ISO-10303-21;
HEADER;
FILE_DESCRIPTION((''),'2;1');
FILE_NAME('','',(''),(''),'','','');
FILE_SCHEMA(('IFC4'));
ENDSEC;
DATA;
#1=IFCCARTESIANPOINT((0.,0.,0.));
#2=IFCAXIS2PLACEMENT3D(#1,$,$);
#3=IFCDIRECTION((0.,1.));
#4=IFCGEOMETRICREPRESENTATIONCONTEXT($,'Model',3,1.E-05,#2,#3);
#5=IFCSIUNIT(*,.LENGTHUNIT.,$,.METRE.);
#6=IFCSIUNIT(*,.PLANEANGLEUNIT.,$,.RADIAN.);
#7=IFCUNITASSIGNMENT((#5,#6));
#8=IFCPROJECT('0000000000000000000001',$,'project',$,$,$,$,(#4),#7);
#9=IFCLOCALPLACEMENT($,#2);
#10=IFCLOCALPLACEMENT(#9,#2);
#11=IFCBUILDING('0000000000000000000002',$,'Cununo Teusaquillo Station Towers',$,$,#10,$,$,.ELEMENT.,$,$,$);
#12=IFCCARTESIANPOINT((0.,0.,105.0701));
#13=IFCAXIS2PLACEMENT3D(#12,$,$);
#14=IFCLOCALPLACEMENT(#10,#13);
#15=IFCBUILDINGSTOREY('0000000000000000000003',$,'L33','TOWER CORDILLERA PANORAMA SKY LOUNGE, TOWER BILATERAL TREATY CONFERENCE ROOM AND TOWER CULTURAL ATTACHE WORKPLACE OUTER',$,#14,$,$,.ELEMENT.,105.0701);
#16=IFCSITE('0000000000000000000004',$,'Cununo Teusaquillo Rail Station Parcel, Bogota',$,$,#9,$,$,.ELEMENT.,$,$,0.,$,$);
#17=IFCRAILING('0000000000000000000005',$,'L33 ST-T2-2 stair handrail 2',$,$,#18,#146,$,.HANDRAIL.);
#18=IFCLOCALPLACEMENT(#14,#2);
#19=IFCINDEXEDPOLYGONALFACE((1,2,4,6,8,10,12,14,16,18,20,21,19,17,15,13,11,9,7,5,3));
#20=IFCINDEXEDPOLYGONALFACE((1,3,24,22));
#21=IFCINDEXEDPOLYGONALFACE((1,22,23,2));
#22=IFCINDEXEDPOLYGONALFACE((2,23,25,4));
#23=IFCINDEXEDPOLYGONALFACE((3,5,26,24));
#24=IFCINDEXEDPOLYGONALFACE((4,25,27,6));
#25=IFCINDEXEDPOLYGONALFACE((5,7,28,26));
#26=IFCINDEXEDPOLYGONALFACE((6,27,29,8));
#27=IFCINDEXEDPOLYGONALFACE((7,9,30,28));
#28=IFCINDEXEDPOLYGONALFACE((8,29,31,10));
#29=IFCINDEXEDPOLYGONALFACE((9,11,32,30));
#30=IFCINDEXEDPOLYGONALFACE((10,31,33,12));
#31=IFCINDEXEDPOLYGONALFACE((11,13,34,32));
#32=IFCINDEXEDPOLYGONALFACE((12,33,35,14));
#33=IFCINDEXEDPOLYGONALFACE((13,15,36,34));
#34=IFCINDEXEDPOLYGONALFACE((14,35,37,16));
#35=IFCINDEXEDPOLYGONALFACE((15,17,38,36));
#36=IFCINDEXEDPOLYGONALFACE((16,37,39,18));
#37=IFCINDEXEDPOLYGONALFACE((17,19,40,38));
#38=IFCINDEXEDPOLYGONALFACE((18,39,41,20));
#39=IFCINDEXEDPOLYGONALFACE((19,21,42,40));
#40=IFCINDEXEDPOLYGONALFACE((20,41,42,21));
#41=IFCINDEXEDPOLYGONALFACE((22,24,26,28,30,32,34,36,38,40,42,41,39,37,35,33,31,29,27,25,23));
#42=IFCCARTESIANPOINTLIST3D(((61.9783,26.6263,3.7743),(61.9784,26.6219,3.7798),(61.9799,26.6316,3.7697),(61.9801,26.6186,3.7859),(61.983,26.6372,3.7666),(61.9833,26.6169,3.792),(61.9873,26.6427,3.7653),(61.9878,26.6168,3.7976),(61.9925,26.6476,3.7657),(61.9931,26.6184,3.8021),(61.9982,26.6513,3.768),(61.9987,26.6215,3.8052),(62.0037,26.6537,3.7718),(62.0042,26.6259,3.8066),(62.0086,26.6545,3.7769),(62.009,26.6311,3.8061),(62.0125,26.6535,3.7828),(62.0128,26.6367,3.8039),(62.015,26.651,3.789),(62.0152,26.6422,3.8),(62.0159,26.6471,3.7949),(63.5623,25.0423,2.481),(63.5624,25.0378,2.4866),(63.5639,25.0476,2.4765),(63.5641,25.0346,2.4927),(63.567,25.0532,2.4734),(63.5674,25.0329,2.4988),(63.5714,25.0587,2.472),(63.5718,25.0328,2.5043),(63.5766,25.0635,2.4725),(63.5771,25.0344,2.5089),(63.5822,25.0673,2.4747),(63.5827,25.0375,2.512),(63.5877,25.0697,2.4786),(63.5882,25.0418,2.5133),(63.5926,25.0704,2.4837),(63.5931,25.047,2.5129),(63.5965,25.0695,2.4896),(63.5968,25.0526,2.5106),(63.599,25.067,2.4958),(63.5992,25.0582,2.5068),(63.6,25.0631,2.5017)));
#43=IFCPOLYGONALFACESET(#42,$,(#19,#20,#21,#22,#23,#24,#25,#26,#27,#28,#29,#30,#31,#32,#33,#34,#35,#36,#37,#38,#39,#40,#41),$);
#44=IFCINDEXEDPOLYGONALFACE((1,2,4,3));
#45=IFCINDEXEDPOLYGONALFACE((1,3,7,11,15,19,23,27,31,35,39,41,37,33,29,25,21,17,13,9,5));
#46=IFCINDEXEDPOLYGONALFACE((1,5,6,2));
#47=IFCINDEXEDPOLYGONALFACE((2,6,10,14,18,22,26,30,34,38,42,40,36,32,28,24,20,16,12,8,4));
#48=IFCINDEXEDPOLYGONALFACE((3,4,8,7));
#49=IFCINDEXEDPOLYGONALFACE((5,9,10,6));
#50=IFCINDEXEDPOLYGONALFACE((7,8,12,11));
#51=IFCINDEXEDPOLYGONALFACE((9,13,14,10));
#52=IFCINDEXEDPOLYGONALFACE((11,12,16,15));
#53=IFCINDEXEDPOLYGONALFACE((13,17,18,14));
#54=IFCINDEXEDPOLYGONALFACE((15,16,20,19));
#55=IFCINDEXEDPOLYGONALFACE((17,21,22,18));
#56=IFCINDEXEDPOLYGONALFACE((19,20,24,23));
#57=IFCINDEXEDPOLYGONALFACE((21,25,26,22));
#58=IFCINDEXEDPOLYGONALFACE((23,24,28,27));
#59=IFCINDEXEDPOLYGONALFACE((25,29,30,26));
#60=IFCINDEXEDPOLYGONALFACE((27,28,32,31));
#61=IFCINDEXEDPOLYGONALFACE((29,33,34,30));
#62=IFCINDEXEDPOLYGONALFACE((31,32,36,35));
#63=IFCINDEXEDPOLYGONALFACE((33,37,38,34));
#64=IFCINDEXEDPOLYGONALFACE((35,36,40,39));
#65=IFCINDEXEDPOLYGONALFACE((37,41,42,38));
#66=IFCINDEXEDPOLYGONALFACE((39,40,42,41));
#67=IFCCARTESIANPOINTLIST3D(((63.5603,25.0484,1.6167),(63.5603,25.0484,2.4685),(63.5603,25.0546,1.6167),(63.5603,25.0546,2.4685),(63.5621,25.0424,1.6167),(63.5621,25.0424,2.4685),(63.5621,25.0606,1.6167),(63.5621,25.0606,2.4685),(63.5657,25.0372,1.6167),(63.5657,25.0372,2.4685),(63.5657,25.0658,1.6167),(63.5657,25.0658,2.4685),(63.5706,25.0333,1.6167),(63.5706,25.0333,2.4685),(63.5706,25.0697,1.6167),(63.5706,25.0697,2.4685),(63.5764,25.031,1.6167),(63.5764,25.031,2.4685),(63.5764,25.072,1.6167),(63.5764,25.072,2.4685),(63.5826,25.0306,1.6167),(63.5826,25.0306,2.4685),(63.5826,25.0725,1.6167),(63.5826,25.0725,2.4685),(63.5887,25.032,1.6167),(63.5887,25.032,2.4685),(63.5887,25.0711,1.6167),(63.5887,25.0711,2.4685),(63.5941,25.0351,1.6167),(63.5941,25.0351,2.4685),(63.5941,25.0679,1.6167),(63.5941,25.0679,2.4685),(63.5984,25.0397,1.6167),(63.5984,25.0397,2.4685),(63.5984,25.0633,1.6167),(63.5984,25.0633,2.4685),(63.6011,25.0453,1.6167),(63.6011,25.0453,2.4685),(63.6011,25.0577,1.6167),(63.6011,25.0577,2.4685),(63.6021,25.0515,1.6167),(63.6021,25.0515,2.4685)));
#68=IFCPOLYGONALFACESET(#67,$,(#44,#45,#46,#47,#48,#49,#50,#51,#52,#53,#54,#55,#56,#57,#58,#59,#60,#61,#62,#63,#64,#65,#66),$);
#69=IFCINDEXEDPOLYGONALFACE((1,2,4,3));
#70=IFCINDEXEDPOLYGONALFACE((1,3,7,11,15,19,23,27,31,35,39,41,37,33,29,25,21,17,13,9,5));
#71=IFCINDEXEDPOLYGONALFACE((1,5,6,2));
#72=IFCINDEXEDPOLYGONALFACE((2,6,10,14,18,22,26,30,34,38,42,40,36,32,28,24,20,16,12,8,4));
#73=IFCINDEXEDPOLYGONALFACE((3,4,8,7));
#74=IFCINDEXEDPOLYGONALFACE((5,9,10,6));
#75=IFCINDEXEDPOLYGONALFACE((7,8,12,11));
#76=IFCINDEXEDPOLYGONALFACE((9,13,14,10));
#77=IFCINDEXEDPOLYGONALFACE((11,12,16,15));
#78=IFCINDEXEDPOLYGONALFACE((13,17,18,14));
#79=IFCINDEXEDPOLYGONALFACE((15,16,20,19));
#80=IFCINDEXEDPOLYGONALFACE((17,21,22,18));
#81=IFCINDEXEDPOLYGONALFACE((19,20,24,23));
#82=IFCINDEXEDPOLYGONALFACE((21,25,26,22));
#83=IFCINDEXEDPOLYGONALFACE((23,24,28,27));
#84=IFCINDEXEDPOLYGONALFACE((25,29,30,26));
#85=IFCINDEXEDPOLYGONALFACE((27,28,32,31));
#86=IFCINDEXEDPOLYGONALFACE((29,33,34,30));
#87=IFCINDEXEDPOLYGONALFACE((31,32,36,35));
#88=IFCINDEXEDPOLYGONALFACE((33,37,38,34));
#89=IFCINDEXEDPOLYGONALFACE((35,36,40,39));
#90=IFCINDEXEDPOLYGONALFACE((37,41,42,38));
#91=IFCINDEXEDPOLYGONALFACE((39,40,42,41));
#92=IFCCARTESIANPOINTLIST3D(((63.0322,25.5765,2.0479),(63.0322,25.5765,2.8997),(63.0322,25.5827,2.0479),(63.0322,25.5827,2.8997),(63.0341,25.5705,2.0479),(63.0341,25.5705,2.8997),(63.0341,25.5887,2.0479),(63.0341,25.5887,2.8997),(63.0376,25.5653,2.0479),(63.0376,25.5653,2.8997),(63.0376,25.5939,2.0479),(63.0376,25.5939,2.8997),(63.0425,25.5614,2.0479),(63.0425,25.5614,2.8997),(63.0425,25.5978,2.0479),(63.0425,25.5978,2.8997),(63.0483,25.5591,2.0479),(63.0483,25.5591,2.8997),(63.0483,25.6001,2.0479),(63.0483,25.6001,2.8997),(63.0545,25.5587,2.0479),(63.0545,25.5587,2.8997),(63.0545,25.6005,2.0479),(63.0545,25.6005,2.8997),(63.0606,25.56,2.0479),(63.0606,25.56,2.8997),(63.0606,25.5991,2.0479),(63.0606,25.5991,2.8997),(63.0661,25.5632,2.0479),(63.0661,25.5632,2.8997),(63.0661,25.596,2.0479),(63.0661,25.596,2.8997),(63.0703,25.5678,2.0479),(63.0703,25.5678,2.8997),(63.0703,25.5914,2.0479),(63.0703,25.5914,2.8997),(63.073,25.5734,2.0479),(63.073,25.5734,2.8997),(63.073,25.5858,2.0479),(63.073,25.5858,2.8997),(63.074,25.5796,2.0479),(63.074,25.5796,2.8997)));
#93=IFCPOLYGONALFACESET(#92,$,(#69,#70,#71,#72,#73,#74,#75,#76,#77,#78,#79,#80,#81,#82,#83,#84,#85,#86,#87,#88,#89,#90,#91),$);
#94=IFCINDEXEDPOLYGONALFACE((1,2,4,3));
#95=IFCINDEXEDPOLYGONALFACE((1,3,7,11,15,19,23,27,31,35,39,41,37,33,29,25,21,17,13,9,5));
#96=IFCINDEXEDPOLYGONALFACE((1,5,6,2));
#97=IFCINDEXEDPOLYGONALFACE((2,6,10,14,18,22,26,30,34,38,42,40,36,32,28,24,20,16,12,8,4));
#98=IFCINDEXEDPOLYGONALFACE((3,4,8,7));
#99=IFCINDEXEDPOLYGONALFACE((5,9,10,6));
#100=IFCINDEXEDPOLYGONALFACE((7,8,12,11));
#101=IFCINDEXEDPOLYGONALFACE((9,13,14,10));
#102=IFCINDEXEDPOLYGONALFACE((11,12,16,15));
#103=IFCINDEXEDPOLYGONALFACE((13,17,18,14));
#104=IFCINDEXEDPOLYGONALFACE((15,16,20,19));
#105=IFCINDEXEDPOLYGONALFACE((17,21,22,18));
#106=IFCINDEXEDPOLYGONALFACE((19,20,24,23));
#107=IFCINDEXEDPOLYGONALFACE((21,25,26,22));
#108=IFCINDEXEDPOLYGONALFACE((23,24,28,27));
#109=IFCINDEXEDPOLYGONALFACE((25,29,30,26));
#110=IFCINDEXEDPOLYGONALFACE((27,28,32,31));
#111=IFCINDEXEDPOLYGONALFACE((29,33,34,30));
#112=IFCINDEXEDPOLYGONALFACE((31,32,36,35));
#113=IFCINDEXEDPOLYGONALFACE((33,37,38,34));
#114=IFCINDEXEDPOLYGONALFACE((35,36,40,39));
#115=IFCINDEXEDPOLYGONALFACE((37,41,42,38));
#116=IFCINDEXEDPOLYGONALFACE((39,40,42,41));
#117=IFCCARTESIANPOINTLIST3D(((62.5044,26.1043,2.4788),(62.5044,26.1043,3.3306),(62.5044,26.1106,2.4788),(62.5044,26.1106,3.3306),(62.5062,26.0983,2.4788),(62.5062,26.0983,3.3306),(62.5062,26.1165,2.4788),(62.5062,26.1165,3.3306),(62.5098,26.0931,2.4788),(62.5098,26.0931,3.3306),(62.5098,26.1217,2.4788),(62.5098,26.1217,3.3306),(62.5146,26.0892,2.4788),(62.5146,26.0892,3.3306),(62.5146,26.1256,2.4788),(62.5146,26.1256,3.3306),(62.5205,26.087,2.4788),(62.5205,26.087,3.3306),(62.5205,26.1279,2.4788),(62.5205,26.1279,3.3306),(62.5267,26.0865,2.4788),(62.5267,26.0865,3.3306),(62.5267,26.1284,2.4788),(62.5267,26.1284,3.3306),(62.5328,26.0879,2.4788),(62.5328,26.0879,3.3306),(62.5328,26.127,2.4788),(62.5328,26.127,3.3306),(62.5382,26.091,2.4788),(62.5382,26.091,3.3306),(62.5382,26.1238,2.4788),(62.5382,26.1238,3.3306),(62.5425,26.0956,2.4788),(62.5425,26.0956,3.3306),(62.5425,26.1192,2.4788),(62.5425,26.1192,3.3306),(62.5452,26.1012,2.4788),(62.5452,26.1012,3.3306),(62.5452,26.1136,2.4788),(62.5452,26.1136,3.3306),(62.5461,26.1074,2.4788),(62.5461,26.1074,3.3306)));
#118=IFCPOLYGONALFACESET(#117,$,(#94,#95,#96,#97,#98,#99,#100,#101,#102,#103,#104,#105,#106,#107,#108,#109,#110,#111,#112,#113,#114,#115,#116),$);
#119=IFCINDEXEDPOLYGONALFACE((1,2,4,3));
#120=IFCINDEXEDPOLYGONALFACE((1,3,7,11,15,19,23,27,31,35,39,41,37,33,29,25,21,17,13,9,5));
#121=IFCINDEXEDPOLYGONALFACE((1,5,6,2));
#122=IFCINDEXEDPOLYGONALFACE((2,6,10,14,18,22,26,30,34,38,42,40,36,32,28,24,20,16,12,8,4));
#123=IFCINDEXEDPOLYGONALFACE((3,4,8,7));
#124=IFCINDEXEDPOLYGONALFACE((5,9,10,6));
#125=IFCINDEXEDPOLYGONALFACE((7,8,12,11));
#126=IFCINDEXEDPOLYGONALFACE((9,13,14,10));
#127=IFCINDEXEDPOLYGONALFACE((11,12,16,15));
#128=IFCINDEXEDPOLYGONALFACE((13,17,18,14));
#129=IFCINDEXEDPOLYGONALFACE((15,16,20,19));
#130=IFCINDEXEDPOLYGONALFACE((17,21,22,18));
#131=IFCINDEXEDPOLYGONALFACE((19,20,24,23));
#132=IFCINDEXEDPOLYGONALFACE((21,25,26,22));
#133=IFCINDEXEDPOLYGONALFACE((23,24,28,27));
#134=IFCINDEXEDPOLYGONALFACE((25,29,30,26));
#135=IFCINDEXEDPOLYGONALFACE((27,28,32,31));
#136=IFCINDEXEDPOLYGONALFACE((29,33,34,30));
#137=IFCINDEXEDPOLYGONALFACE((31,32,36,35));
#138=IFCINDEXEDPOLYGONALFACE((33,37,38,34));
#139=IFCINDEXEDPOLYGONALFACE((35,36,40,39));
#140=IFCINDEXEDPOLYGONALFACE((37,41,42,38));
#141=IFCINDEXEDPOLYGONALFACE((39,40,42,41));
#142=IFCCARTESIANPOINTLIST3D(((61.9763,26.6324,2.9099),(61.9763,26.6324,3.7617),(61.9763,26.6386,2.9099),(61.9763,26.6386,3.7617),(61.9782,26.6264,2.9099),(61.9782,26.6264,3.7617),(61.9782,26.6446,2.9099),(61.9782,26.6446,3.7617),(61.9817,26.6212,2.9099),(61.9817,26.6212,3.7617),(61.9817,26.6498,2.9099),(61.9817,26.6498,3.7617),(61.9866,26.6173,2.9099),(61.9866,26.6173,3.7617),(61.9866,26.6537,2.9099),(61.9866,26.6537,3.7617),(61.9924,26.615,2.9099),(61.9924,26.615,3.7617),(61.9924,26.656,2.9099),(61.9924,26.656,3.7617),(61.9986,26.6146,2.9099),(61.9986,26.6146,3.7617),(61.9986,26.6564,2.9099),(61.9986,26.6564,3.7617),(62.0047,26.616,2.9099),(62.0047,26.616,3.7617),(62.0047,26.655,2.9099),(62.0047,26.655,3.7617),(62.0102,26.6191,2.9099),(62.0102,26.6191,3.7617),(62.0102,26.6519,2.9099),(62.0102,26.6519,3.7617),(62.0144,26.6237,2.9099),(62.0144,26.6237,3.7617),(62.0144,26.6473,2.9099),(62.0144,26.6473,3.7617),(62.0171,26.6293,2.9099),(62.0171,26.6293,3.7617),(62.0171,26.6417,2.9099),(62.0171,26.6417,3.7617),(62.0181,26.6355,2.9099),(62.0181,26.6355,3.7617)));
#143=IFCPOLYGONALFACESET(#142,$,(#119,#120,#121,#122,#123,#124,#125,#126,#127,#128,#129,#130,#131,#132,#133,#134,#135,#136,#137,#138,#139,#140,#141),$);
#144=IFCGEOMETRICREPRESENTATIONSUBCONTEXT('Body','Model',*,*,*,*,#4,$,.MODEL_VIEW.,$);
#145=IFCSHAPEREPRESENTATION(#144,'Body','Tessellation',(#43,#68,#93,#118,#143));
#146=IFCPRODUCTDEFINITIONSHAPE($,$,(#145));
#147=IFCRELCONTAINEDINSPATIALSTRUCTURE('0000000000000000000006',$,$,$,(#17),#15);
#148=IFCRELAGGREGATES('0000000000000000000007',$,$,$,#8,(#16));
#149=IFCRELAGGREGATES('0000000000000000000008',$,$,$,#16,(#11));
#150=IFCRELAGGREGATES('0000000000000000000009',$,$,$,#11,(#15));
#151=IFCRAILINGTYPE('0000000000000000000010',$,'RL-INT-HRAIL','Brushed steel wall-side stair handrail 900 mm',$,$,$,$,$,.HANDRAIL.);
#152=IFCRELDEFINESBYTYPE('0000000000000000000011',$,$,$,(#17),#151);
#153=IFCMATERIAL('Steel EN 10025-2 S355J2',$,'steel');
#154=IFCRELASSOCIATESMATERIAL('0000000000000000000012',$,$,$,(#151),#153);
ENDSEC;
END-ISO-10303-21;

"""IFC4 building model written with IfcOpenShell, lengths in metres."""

from ifc_helpers import new_model, si_unit, direction, frame, origin, origin_2d, place, context, subcontext, project, spatial, circle, extrude, material, type_object, element, save


model = new_model("IFC4")

# Units and contexts
model_context = context("Model", 3, precision=1e-05, world=origin(), true_north=direction((0.0, 1.0)))
body_context = subcontext(model_context, "Body", "Model", "MODEL_VIEW")
ifc_project = project(units=[si_unit("LENGTHUNIT", "METRE"), si_unit("PLANEANGLEUNIT", "RADIAN")], contexts=[model_context])

# Site, building, storey
site_placement = place(None, origin())
site = spatial("IfcSite", under=ifc_project, at=site_placement, Name="Cununo Teusaquillo Rail Station Parcel, Bogota", CompositionType="ELEMENT", RefElevation=0.0)
building_placement = place(site_placement, origin())
building = spatial("IfcBuilding", under=site, at=building_placement, Name="Cununo Teusaquillo Station Towers", CompositionType="ELEMENT")
storey_placement = place(building_placement, frame((0.0, 0.0, 105.0701)))
storey = spatial("IfcBuildingStorey", under=building, at=storey_placement, Name="L33", Description="TOWER CORDILLERA PANORAMA SKY LOUNGE, TOWER BILATERAL TREATY CONFERENCE ROOM AND TOWER CULTURAL ATTACHE WORKPLACE OUTER", CompositionType="ELEMENT", Elevation=105.0701)

# Railing
ifc_material_1 = material(Name="Steel EN 10025-2 S355J2", Category="steel")
railing_type_1 = type_object("IfcRailingType", Name="RL-INT-HRAIL", Description="Brushed steel wall-side stair handrail 900 mm", PredefinedType="HANDRAIL", material=ifc_material_1)
railing_1_placement = place(storey_placement, frame((63.5811, 25.0515, 1.6167)))
element("IfcRailing", 1, at=railing_1_placement, inside=storey, type_object=railing_type_1, Name="L33 ST-T2-2 stair handrail 2", PredefinedType="HANDRAIL", context=body_context, shape_type="SweptSolid", body=[
    extrude(circle(Radius=0.0239, at=origin_2d()), frame((0.0, 0.0, 0.876), z_axis=(-0.612385, 0.612385, 0.49997), x_axis=(-0.707107, -0.707107, 0.0)), (0.0, 0.0, 1.0), 2.5867),
    extrude(circle(Radius=0.021, at=origin_2d()), origin(), (0.0, 0.0, 1.0), 0.8518),
    extrude(circle(Radius=0.021, at=origin_2d()), frame((-0.5281, 0.5281, 0.4312)), (0.0, 0.0, 1.0), 0.8518),
    extrude(circle(Radius=0.021, at=origin_2d()), frame((-1.0559, 1.0559, 0.8621)), (0.0, 0.0, 1.0), 0.8518),
    extrude(circle(Radius=0.021, at=origin_2d()), frame((-1.584, 1.584, 1.2932)), (0.0, 0.0, 1.0), 0.8518),
])

save(model, "model.ifc")
